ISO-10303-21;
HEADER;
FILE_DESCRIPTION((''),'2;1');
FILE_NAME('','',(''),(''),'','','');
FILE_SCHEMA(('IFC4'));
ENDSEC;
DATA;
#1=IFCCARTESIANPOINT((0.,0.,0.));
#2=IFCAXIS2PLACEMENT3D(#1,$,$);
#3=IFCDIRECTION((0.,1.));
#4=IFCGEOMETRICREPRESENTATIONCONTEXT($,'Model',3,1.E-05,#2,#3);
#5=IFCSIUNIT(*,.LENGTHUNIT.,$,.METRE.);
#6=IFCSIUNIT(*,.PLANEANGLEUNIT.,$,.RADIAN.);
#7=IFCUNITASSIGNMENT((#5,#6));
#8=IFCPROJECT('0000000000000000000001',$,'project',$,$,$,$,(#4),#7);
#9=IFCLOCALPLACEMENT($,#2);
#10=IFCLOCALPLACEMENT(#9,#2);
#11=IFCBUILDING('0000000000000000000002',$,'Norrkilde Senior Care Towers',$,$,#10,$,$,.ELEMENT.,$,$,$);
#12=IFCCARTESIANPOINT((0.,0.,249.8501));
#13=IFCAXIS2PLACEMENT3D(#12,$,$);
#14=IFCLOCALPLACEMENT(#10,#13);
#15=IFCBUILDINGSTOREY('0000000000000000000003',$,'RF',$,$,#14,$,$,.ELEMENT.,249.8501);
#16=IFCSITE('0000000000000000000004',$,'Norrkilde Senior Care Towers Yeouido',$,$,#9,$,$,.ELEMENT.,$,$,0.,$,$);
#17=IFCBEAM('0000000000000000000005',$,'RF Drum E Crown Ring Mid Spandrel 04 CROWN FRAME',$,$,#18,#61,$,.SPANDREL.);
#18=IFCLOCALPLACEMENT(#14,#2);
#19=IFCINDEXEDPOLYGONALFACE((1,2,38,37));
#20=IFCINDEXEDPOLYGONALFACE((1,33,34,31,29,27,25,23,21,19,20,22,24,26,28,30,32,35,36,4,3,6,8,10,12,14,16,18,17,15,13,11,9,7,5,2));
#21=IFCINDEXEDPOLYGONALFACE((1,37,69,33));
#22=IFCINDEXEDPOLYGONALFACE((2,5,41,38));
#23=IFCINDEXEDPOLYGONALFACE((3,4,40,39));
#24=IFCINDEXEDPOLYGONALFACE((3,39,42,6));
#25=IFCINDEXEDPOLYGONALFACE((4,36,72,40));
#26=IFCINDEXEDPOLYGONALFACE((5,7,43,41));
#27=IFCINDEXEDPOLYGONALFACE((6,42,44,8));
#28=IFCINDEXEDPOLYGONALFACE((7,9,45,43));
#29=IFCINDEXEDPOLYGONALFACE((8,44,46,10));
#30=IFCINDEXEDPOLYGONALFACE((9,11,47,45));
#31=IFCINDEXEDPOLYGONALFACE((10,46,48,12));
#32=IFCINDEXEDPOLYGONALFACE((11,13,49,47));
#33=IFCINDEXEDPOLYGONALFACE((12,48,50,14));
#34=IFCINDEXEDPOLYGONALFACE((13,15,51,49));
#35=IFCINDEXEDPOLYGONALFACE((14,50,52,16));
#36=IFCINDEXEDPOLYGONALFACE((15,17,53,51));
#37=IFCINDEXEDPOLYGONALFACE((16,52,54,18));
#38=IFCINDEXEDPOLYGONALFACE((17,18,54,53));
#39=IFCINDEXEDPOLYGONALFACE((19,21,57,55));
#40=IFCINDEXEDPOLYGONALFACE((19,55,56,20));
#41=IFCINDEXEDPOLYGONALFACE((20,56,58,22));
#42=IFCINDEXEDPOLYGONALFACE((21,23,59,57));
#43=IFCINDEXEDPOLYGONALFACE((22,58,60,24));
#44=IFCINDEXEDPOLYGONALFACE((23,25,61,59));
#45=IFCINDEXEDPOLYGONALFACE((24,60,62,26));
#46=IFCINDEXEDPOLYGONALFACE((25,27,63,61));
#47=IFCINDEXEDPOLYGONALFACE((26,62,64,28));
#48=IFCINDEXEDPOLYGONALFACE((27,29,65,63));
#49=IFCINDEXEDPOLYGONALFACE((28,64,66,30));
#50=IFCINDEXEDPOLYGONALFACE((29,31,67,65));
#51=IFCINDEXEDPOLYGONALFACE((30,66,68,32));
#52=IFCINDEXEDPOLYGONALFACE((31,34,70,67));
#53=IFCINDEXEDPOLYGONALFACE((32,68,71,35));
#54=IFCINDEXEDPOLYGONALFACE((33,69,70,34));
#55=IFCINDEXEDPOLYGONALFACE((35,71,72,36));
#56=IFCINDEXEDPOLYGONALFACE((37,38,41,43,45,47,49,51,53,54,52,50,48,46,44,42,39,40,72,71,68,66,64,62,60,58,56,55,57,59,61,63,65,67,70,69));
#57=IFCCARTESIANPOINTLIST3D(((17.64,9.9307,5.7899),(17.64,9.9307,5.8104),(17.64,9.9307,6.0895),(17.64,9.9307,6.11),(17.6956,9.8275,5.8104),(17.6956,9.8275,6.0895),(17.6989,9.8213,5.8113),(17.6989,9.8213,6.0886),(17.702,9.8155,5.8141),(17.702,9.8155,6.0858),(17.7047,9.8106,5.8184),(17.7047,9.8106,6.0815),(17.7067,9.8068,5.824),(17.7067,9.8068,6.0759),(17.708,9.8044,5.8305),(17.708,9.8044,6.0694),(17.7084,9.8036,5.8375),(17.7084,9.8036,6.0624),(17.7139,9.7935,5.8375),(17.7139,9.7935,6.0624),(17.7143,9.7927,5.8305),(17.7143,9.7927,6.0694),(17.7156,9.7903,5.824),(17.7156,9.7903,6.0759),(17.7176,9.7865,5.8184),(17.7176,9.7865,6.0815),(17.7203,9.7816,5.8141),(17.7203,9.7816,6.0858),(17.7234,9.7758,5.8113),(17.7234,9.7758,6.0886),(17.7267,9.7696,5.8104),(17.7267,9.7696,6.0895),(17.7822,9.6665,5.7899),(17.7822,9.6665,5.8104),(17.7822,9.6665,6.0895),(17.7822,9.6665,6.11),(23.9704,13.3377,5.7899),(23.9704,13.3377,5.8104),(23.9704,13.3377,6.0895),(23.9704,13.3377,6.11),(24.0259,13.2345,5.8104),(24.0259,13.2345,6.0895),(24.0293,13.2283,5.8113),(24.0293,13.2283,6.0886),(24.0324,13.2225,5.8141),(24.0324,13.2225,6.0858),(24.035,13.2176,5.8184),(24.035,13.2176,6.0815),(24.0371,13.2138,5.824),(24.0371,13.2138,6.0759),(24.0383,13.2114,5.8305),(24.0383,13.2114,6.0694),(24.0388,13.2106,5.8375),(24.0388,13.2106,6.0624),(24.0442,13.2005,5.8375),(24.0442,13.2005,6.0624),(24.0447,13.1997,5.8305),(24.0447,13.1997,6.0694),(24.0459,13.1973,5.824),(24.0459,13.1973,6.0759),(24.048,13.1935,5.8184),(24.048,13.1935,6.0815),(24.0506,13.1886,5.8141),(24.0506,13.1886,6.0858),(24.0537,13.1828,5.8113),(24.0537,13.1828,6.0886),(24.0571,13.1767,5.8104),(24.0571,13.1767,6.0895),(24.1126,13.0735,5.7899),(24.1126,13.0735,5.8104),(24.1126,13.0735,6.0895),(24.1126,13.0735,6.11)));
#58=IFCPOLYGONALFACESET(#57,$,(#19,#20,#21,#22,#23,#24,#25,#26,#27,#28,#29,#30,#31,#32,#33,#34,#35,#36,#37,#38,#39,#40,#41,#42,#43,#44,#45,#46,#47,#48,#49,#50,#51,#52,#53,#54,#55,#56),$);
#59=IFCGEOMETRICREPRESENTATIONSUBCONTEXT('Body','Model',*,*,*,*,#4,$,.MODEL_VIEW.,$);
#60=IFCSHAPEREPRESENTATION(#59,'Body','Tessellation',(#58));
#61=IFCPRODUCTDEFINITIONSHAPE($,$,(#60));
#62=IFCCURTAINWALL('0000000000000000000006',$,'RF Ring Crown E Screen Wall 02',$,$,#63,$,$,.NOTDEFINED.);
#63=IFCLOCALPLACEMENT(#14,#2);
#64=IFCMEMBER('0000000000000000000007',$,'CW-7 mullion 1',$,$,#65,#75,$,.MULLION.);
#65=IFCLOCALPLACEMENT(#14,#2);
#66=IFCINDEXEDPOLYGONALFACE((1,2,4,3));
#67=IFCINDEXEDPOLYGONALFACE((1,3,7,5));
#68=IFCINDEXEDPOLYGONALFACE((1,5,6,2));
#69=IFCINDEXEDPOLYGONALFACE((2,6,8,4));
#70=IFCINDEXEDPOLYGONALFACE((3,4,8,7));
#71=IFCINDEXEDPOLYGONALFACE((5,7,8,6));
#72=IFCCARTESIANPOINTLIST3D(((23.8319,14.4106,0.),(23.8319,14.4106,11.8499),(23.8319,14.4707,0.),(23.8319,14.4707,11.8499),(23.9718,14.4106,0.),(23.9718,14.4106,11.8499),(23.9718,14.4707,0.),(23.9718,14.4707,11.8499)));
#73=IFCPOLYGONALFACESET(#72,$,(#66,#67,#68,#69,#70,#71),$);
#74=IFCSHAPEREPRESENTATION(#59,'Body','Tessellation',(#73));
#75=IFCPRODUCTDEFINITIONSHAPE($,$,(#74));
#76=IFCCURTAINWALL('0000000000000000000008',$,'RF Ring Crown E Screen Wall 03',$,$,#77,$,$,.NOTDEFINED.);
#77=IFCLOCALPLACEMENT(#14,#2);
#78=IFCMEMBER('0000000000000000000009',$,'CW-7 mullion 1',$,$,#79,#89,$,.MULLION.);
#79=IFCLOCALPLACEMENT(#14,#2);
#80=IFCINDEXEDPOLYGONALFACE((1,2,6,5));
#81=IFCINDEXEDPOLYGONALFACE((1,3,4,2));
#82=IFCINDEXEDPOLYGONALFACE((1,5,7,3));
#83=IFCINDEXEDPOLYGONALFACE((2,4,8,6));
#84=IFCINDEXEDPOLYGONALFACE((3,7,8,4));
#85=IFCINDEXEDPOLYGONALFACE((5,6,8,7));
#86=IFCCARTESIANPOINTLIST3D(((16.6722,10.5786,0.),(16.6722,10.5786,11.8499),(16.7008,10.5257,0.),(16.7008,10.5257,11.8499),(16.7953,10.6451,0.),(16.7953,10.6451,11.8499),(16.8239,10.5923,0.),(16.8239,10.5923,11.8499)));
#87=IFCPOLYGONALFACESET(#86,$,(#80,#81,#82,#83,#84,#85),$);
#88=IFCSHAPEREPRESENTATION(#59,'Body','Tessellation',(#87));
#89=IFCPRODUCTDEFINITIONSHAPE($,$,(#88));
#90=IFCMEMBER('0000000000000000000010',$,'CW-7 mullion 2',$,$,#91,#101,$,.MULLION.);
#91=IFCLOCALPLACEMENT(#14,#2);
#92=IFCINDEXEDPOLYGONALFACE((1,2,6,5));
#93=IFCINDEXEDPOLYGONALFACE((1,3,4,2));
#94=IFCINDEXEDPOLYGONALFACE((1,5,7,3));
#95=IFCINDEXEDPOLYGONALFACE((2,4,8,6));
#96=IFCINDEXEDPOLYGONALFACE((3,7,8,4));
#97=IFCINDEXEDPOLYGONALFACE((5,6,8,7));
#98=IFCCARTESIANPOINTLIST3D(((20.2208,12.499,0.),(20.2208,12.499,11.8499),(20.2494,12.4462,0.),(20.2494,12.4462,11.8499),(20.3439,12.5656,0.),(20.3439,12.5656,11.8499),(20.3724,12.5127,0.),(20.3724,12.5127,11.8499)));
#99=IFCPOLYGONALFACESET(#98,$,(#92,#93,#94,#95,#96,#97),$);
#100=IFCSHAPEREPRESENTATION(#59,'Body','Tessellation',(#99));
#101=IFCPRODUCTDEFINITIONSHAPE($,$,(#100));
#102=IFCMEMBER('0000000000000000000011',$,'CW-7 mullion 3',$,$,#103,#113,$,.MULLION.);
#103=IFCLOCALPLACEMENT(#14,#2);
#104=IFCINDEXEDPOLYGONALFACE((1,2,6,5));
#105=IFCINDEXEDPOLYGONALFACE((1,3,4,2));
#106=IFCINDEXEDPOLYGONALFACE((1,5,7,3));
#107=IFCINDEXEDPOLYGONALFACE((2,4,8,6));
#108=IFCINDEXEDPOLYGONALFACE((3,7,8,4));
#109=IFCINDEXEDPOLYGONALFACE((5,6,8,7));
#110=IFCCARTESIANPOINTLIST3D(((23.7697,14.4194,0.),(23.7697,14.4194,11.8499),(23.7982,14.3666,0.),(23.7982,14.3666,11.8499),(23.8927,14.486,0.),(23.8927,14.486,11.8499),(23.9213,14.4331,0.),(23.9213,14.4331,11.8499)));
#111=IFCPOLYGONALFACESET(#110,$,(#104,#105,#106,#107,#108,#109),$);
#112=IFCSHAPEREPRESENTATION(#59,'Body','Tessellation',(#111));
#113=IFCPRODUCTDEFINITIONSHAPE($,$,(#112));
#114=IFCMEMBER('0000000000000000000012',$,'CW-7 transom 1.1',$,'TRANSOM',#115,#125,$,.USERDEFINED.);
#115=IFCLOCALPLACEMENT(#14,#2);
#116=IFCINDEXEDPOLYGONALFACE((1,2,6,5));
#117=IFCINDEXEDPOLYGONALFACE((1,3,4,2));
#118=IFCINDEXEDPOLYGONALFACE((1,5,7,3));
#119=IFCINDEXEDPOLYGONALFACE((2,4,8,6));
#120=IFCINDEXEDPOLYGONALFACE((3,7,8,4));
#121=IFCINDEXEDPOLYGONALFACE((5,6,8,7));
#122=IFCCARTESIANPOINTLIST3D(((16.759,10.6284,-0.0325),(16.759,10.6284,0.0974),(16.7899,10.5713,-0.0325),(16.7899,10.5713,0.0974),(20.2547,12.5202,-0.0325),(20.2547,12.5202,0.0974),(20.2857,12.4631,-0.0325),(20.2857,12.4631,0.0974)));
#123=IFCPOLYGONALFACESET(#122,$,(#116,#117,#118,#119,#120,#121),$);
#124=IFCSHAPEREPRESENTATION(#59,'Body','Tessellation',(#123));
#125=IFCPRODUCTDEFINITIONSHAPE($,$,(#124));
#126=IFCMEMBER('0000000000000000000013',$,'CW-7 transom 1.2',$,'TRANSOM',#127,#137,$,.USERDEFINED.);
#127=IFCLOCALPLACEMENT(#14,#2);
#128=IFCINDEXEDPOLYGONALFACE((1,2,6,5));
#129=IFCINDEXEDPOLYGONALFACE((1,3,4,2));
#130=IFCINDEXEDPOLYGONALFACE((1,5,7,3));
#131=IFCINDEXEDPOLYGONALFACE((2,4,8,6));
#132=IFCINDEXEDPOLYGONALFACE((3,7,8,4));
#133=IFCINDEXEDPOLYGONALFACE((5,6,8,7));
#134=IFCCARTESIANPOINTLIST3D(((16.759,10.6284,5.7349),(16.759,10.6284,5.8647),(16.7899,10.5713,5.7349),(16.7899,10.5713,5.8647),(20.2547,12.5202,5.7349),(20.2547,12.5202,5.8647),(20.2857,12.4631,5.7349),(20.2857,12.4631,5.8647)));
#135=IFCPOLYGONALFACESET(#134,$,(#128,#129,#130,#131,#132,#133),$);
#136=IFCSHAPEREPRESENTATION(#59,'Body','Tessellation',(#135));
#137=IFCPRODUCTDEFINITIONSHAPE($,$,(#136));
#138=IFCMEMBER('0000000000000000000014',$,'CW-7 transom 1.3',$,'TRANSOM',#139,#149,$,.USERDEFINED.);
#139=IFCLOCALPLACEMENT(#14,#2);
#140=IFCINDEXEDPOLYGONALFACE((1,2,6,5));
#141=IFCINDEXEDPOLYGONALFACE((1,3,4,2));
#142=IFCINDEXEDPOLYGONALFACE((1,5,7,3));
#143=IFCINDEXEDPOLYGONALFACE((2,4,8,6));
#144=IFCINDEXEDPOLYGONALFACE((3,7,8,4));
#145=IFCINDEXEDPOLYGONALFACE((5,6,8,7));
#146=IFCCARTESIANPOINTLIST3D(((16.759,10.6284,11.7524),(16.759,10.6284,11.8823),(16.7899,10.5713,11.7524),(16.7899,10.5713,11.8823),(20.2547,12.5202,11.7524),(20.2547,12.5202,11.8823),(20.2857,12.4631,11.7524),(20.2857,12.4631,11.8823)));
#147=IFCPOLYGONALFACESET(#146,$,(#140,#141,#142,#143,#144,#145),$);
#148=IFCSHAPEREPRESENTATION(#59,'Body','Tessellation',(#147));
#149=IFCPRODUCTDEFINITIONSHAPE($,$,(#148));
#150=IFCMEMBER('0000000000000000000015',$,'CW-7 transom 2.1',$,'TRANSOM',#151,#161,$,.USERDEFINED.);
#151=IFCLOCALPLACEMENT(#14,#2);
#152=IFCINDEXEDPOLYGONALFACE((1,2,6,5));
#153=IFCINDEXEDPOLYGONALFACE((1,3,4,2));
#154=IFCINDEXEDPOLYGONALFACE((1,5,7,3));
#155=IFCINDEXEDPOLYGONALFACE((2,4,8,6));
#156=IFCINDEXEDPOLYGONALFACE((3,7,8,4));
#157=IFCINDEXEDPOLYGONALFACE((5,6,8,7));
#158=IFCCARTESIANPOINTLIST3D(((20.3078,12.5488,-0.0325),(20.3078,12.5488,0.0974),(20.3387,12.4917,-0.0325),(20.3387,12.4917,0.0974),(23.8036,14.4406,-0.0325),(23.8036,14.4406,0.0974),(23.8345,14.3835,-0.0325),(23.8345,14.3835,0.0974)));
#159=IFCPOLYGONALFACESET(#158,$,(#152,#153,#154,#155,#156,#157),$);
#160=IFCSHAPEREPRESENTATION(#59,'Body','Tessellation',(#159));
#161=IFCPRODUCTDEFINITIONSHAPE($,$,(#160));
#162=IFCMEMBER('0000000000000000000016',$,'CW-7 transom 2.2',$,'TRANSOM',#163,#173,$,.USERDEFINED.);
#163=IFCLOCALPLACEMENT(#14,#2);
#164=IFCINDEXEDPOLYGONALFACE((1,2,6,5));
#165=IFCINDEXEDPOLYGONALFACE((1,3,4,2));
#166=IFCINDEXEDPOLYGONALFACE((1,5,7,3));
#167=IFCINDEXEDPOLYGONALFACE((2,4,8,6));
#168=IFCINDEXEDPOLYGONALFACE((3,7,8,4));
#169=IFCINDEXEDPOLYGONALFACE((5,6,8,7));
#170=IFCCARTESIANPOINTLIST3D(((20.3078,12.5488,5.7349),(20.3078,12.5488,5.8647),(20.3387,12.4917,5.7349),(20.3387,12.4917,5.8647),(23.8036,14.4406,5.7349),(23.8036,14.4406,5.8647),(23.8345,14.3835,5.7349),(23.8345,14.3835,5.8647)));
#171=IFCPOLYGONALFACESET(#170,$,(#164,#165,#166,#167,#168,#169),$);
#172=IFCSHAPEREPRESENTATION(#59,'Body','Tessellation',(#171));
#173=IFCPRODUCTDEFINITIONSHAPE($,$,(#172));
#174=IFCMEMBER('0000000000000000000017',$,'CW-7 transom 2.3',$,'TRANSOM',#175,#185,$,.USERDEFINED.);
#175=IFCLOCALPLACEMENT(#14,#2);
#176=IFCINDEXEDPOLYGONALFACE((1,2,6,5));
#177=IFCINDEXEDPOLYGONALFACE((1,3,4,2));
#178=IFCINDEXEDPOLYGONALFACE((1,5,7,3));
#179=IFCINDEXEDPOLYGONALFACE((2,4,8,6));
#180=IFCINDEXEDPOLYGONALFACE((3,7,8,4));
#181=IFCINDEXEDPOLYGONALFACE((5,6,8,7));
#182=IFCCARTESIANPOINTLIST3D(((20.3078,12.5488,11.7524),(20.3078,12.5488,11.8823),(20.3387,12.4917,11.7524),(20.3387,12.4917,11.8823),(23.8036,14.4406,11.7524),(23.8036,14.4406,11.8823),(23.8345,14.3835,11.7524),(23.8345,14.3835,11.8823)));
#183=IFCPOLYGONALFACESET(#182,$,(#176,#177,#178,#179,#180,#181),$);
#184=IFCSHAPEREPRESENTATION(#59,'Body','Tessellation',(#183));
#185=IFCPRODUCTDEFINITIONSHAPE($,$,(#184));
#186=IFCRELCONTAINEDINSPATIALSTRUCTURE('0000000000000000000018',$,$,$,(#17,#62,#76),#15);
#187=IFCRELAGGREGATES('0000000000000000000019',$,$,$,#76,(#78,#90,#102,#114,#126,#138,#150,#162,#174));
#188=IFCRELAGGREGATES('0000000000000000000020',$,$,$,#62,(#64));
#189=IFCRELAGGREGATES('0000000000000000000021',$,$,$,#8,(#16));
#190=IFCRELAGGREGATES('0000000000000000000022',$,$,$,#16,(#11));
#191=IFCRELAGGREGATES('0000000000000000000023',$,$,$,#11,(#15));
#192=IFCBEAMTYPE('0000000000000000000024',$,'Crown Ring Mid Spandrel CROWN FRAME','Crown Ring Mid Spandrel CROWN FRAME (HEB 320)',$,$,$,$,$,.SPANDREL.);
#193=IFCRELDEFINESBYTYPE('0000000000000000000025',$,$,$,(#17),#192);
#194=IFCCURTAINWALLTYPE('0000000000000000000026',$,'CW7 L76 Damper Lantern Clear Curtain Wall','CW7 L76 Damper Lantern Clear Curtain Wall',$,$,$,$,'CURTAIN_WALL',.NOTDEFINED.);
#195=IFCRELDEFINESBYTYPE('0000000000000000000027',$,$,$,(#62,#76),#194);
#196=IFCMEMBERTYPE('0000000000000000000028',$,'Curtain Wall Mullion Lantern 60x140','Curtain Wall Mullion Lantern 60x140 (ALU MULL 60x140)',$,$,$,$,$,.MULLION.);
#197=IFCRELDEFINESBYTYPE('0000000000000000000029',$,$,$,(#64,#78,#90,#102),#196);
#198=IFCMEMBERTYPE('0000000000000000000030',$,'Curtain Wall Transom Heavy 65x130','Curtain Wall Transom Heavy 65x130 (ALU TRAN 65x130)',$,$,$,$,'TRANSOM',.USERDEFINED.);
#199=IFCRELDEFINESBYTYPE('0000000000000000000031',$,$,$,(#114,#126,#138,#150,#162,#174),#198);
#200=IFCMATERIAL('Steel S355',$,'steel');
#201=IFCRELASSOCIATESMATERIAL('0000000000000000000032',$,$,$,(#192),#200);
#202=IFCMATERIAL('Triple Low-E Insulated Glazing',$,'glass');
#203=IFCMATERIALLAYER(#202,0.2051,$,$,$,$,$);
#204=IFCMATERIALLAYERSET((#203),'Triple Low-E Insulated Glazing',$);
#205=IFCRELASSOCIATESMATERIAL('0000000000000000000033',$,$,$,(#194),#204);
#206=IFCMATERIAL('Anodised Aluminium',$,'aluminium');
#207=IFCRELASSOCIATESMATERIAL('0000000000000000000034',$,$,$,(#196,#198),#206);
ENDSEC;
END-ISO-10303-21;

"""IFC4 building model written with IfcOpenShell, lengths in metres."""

from ifc_helpers import new_model, si_unit, direction, frame, origin, origin_2d, place, context, subcontext, project, spatial, rectangle, i_section, extrude, source, transform, mapped, material, layer, layer_set, material_profile, profile_set, type_object, type_shapes, element, aggregate, save


model = new_model("IFC4")

# Units and contexts
model_context = context("Model", 3, precision=1e-05, world=origin(), true_north=direction((0.0, 1.0)))
body_context = subcontext(model_context, "Body", "Model", "MODEL_VIEW")
ifc_project = project(units=[si_unit("LENGTHUNIT", "METRE"), si_unit("PLANEANGLEUNIT", "RADIAN")], contexts=[model_context])

# Site, building, storey
site_placement = place(None, origin())
site = spatial("IfcSite", under=ifc_project, at=site_placement, Name="Norrkilde Senior Care Towers Yeouido", CompositionType="ELEMENT", RefElevation=0.0)
building_placement = place(site_placement, origin())
building = spatial("IfcBuilding", under=site, at=building_placement, Name="Norrkilde Senior Care Towers", CompositionType="ELEMENT")
storey_placement = place(building_placement, frame((0.0, 0.0, 249.8501)))
storey = spatial("IfcBuildingStorey", under=building, at=storey_placement, Name="RF", CompositionType="ELEMENT", Elevation=249.8501)

# Shared definitions
ifc_material_1 = material(Name="Steel S355", Category="steel")

# Shared definitions
ifc_material_profile_1 = material_profile(ifc_material_1, i_section(OverallWidth=0.3, OverallDepth=0.3201, WebThickness=0.0115, FlangeThickness=0.0205, FilletRadius=0.0271, at=origin_2d()), Name="HEB 320")
ifc_profile_set_1 = profile_set([ifc_material_profile_1], Name="Steel S355")
beam_type_1 = type_object("IfcBeamType", Name="Crown Ring Mid Spandrel CROWN FRAME", Description="Crown Ring Mid Spandrel CROWN FRAME (HEB 320)", PredefinedType="SPANDREL", material=ifc_profile_set_1)

# Beam
shared_shape_1 = source(origin(), body_context, "Body", "SweptSolid", [
    extrude(i_section(OverallWidth=0.3, OverallDepth=0.3201, WebThickness=0.0115, FlangeThickness=0.0205, FilletRadius=0.0271, at=origin_2d()), origin(), (0.0, 0.0, 1.0), 7.189),
])
beam_1_placement = place(storey_placement, frame((24.0415, 13.2056, 5.95), z_axis=(-0.880567, -0.473922, 0.0), x_axis=(0.473922, -0.880567, 0.0)))
element("IfcBeam", 1, at=beam_1_placement, inside=storey, type_object=beam_type_1, Name="RF Drum E Crown Ring Mid Spandrel 04 CROWN FRAME", PredefinedType="SPANDREL", context=body_context, shape_type="MappedRepresentation", body=[
    mapped(shared_shape_1, transform((0.0, 0.0, 0.0), x_axis=(1.0, 0.0, 0.0), y_axis=(0.0, 1.0, 0.0), z_axis=(0.0, 0.0, 1.0), scale=1.0)),
])

# Curtain wall, member
ifc_material_2 = material(Name="Triple Low-E Insulated Glazing", Category="glass")
ifc_layer_1 = layer(ifc_material_2, 0.2051)
ifc_layer_set_1 = layer_set([ifc_layer_1], Name="Triple Low-E Insulated Glazing")
curtain_wall_type = type_object("IfcCurtainWallType", Name="CW7 L76 Damper Lantern Clear Curtain Wall", Description="CW7 L76 Damper Lantern Clear Curtain Wall", ElementType="CURTAIN_WALL", PredefinedType="NOTDEFINED", material=ifc_layer_set_1)
curtain_wall_1_placement = place(storey_placement, origin())
curtain_wall_1 = element("IfcCurtainWall", 2, at=curtain_wall_1_placement, inside=storey, type_object=curtain_wall_type, Name="RF Ring Crown E Screen Wall 02", PredefinedType="NOTDEFINED")
ifc_material_3 = material(Name="Anodised Aluminium", Category="aluminium")
ifc_material_profile_2 = material_profile(ifc_material_3, rectangle(XDim=0.0601, YDim=0.1399, at=origin_2d()), Name="ALU MULL 60x140")
ifc_profile_set_2 = profile_set([ifc_material_profile_2], Name="Anodised Aluminium")
member_type_1 = type_object("IfcMemberType", Name="Curtain Wall Mullion Lantern 60x140", Description="Curtain Wall Mullion Lantern 60x140 (ALU MULL 60x140)", PredefinedType="MULLION", material=ifc_profile_set_2)
shared_shape_2 = source(origin(), body_context, "Body", "SweptSolid", [
    extrude(rectangle(XDim=0.0601, YDim=0.1399, at=origin_2d()), origin(), (0.0, 0.0, 1.0), 11.8499),
])
type_shapes(member_type_1, [shared_shape_2])
member_1_placement = place(storey_placement, frame((23.9019, 14.4407, 0.0), z_axis=(0.0, 0.0, 1.0), x_axis=(0.0, 1.0, 0.0)))
member_1 = element("IfcMember", 3, at=member_1_placement, type_object=member_type_1, Name="CW-7 mullion 1", PredefinedType="MULLION", context=body_context, shape_type="MappedRepresentation", body=[
    mapped(shared_shape_2, transform((0.0, 0.0, 0.0), x_axis=(1.0, 0.0, 0.0), y_axis=(0.0, 1.0, 0.0), z_axis=(0.0, 0.0, 1.0), scale=1.0)),
])

# Curtain wall, members
curtain_wall_2_placement = place(storey_placement, origin())
curtain_wall_2 = element("IfcCurtainWall", 4, at=curtain_wall_2_placement, inside=storey, type_object=curtain_wall_type, Name="RF Ring Crown E Screen Wall 03", PredefinedType="NOTDEFINED")
member_2_placement = place(storey_placement, frame((16.748, 10.5854, 0.0), z_axis=(0.0, 0.0, 1.0), x_axis=(-0.475934, 0.879481, 0.0)))
member_2 = element("IfcMember", 5, at=member_2_placement, type_object=member_type_1, Name="CW-7 mullion 1", PredefinedType="MULLION", context=body_context, shape_type="MappedRepresentation", body=[
    mapped(shared_shape_2, transform((0.0, 0.0, 0.0), x_axis=(1.0, 0.0, 0.0), y_axis=(0.0, 1.0, 0.0), z_axis=(0.0, 0.0, 1.0), scale=1.0)),
])
member_3_placement = place(storey_placement, frame((20.2966, 12.5059, 0.0), z_axis=(0.0, 0.0, 1.0), x_axis=(-0.475934, 0.879481, 0.0)))
member_3 = element("IfcMember", 6, at=member_3_placement, type_object=member_type_1, Name="CW-7 mullion 2", PredefinedType="MULLION", context=body_context, shape_type="MappedRepresentation", body=[
    mapped(shared_shape_2, transform((0.0, 0.0, 0.0), x_axis=(1.0, 0.0, 0.0), y_axis=(0.0, 1.0, 0.0), z_axis=(0.0, 0.0, 1.0), scale=1.0)),
])
member_4_placement = place(storey_placement, frame((23.8455, 14.4263, 0.0), z_axis=(0.0, 0.0, 1.0), x_axis=(-0.475934, 0.879481, 0.0)))
member_4 = element("IfcMember", 7, at=member_4_placement, type_object=member_type_1, Name="CW-7 mullion 3", PredefinedType="MULLION", context=body_context, shape_type="MappedRepresentation", body=[
    mapped(shared_shape_2, transform((0.0, 0.0, 0.0), x_axis=(1.0, 0.0, 0.0), y_axis=(0.0, 1.0, 0.0), z_axis=(0.0, 0.0, 1.0), scale=1.0)),
])
ifc_material_profile_3 = material_profile(ifc_material_3, rectangle(XDim=0.0649, YDim=0.1299, at=origin_2d()), Name="ALU TRAN 65x130")
ifc_profile_set_3 = profile_set([ifc_material_profile_3], Name="Anodised Aluminium")
member_type_2 = type_object("IfcMemberType", Name="Curtain Wall Transom Heavy 65x130", Description="Curtain Wall Transom Heavy 65x130 (ALU TRAN 65x130)", ElementType="TRANSOM", PredefinedType="USERDEFINED", material=ifc_profile_set_3)
shared_shape_3 = source(origin(), body_context, "Body", "SweptSolid", [
    extrude(rectangle(XDim=0.0649, YDim=0.1299, at=origin_2d()), origin(), (0.0, 0.0, 1.0), 3.9749),
])
member_5_placement = place(storey_placement, frame((16.7744, 10.5999, 0.0325), z_axis=(0.879475, 0.475945, 0.0), x_axis=(-0.475945, 0.879475, 0.0)))
member_5 = element("IfcMember", 8, at=member_5_placement, type_object=member_type_2, Name="CW-7 transom 1.1", ObjectType="TRANSOM", PredefinedType="USERDEFINED", context=body_context, shape_type="MappedRepresentation", body=[
    mapped(shared_shape_3, transform((0.0, 0.0, 0.0), x_axis=(1.0, 0.0, 0.0), y_axis=(0.0, 1.0, 0.0), z_axis=(0.0, 0.0, 1.0), scale=1.0)),
])
member_6_placement = place(storey_placement, frame((16.7744, 10.5999, 5.7998), z_axis=(0.879475, 0.475945, 0.0), x_axis=(-0.475945, 0.879475, 0.0)))
member_6 = element("IfcMember", 9, at=member_6_placement, type_object=member_type_2, Name="CW-7 transom 1.2", ObjectType="TRANSOM", PredefinedType="USERDEFINED", context=body_context, shape_type="MappedRepresentation", body=[
    mapped(shared_shape_3, transform((0.0, 0.0, 0.0), x_axis=(1.0, 0.0, 0.0), y_axis=(0.0, 1.0, 0.0), z_axis=(0.0, 0.0, 1.0), scale=1.0)),
])
member_7_placement = place(storey_placement, frame((16.7744, 10.5999, 11.8174), z_axis=(0.879475, 0.475945, 0.0), x_axis=(-0.475945, 0.879475, 0.0)))
member_7 = element("IfcMember", 10, at=member_7_placement, type_object=member_type_2, Name="CW-7 transom 1.3", ObjectType="TRANSOM", PredefinedType="USERDEFINED", context=body_context, shape_type="MappedRepresentation", body=[
    mapped(shared_shape_3, transform((0.0, 0.0, 0.0), x_axis=(1.0, 0.0, 0.0), y_axis=(0.0, 1.0, 0.0), z_axis=(0.0, 0.0, 1.0), scale=1.0)),
])
member_8_placement = place(storey_placement, frame((20.3232, 12.5203, 0.0325), z_axis=(0.879475, 0.475945, 0.0), x_axis=(-0.475945, 0.879475, 0.0)))
member_8 = element("IfcMember", 11, at=member_8_placement, type_object=member_type_2, Name="CW-7 transom 2.1", ObjectType="TRANSOM", PredefinedType="USERDEFINED", context=body_context, shape_type="MappedRepresentation", body=[
    mapped(shared_shape_3, transform((0.0, 0.0, 0.0), x_axis=(1.0, 0.0, 0.0), y_axis=(0.0, 1.0, 0.0), z_axis=(0.0, 0.0, 1.0), scale=1.0)),
])
member_9_placement = place(storey_placement, frame((20.3232, 12.5203, 5.7998), z_axis=(0.879475, 0.475945, 0.0), x_axis=(-0.475945, 0.879475, 0.0)))
member_9 = element("IfcMember", 12, at=member_9_placement, type_object=member_type_2, Name="CW-7 transom 2.2", ObjectType="TRANSOM", PredefinedType="USERDEFINED", context=body_context, shape_type="MappedRepresentation", body=[
    mapped(shared_shape_3, transform((0.0, 0.0, 0.0), x_axis=(1.0, 0.0, 0.0), y_axis=(0.0, 1.0, 0.0), z_axis=(0.0, 0.0, 1.0), scale=1.0)),
])
member_10_placement = place(storey_placement, frame((20.3232, 12.5203, 11.8174), z_axis=(0.879475, 0.475945, 0.0), x_axis=(-0.475945, 0.879475, 0.0)))
member_10 = element("IfcMember", 13, at=member_10_placement, type_object=member_type_2, Name="CW-7 transom 2.3", ObjectType="TRANSOM", PredefinedType="USERDEFINED", context=body_context, shape_type="MappedRepresentation", body=[
    mapped(shared_shape_3, transform((0.0, 0.0, 0.0), x_axis=(1.0, 0.0, 0.0), y_axis=(0.0, 1.0, 0.0), z_axis=(0.0, 0.0, 1.0), scale=1.0)),
])

aggregate(curtain_wall_2, [member_2, member_3, member_4, member_5, member_6, member_7, member_8, member_9, member_10])
aggregate(curtain_wall_1, [member_1])

save(model, "model.ifc")
